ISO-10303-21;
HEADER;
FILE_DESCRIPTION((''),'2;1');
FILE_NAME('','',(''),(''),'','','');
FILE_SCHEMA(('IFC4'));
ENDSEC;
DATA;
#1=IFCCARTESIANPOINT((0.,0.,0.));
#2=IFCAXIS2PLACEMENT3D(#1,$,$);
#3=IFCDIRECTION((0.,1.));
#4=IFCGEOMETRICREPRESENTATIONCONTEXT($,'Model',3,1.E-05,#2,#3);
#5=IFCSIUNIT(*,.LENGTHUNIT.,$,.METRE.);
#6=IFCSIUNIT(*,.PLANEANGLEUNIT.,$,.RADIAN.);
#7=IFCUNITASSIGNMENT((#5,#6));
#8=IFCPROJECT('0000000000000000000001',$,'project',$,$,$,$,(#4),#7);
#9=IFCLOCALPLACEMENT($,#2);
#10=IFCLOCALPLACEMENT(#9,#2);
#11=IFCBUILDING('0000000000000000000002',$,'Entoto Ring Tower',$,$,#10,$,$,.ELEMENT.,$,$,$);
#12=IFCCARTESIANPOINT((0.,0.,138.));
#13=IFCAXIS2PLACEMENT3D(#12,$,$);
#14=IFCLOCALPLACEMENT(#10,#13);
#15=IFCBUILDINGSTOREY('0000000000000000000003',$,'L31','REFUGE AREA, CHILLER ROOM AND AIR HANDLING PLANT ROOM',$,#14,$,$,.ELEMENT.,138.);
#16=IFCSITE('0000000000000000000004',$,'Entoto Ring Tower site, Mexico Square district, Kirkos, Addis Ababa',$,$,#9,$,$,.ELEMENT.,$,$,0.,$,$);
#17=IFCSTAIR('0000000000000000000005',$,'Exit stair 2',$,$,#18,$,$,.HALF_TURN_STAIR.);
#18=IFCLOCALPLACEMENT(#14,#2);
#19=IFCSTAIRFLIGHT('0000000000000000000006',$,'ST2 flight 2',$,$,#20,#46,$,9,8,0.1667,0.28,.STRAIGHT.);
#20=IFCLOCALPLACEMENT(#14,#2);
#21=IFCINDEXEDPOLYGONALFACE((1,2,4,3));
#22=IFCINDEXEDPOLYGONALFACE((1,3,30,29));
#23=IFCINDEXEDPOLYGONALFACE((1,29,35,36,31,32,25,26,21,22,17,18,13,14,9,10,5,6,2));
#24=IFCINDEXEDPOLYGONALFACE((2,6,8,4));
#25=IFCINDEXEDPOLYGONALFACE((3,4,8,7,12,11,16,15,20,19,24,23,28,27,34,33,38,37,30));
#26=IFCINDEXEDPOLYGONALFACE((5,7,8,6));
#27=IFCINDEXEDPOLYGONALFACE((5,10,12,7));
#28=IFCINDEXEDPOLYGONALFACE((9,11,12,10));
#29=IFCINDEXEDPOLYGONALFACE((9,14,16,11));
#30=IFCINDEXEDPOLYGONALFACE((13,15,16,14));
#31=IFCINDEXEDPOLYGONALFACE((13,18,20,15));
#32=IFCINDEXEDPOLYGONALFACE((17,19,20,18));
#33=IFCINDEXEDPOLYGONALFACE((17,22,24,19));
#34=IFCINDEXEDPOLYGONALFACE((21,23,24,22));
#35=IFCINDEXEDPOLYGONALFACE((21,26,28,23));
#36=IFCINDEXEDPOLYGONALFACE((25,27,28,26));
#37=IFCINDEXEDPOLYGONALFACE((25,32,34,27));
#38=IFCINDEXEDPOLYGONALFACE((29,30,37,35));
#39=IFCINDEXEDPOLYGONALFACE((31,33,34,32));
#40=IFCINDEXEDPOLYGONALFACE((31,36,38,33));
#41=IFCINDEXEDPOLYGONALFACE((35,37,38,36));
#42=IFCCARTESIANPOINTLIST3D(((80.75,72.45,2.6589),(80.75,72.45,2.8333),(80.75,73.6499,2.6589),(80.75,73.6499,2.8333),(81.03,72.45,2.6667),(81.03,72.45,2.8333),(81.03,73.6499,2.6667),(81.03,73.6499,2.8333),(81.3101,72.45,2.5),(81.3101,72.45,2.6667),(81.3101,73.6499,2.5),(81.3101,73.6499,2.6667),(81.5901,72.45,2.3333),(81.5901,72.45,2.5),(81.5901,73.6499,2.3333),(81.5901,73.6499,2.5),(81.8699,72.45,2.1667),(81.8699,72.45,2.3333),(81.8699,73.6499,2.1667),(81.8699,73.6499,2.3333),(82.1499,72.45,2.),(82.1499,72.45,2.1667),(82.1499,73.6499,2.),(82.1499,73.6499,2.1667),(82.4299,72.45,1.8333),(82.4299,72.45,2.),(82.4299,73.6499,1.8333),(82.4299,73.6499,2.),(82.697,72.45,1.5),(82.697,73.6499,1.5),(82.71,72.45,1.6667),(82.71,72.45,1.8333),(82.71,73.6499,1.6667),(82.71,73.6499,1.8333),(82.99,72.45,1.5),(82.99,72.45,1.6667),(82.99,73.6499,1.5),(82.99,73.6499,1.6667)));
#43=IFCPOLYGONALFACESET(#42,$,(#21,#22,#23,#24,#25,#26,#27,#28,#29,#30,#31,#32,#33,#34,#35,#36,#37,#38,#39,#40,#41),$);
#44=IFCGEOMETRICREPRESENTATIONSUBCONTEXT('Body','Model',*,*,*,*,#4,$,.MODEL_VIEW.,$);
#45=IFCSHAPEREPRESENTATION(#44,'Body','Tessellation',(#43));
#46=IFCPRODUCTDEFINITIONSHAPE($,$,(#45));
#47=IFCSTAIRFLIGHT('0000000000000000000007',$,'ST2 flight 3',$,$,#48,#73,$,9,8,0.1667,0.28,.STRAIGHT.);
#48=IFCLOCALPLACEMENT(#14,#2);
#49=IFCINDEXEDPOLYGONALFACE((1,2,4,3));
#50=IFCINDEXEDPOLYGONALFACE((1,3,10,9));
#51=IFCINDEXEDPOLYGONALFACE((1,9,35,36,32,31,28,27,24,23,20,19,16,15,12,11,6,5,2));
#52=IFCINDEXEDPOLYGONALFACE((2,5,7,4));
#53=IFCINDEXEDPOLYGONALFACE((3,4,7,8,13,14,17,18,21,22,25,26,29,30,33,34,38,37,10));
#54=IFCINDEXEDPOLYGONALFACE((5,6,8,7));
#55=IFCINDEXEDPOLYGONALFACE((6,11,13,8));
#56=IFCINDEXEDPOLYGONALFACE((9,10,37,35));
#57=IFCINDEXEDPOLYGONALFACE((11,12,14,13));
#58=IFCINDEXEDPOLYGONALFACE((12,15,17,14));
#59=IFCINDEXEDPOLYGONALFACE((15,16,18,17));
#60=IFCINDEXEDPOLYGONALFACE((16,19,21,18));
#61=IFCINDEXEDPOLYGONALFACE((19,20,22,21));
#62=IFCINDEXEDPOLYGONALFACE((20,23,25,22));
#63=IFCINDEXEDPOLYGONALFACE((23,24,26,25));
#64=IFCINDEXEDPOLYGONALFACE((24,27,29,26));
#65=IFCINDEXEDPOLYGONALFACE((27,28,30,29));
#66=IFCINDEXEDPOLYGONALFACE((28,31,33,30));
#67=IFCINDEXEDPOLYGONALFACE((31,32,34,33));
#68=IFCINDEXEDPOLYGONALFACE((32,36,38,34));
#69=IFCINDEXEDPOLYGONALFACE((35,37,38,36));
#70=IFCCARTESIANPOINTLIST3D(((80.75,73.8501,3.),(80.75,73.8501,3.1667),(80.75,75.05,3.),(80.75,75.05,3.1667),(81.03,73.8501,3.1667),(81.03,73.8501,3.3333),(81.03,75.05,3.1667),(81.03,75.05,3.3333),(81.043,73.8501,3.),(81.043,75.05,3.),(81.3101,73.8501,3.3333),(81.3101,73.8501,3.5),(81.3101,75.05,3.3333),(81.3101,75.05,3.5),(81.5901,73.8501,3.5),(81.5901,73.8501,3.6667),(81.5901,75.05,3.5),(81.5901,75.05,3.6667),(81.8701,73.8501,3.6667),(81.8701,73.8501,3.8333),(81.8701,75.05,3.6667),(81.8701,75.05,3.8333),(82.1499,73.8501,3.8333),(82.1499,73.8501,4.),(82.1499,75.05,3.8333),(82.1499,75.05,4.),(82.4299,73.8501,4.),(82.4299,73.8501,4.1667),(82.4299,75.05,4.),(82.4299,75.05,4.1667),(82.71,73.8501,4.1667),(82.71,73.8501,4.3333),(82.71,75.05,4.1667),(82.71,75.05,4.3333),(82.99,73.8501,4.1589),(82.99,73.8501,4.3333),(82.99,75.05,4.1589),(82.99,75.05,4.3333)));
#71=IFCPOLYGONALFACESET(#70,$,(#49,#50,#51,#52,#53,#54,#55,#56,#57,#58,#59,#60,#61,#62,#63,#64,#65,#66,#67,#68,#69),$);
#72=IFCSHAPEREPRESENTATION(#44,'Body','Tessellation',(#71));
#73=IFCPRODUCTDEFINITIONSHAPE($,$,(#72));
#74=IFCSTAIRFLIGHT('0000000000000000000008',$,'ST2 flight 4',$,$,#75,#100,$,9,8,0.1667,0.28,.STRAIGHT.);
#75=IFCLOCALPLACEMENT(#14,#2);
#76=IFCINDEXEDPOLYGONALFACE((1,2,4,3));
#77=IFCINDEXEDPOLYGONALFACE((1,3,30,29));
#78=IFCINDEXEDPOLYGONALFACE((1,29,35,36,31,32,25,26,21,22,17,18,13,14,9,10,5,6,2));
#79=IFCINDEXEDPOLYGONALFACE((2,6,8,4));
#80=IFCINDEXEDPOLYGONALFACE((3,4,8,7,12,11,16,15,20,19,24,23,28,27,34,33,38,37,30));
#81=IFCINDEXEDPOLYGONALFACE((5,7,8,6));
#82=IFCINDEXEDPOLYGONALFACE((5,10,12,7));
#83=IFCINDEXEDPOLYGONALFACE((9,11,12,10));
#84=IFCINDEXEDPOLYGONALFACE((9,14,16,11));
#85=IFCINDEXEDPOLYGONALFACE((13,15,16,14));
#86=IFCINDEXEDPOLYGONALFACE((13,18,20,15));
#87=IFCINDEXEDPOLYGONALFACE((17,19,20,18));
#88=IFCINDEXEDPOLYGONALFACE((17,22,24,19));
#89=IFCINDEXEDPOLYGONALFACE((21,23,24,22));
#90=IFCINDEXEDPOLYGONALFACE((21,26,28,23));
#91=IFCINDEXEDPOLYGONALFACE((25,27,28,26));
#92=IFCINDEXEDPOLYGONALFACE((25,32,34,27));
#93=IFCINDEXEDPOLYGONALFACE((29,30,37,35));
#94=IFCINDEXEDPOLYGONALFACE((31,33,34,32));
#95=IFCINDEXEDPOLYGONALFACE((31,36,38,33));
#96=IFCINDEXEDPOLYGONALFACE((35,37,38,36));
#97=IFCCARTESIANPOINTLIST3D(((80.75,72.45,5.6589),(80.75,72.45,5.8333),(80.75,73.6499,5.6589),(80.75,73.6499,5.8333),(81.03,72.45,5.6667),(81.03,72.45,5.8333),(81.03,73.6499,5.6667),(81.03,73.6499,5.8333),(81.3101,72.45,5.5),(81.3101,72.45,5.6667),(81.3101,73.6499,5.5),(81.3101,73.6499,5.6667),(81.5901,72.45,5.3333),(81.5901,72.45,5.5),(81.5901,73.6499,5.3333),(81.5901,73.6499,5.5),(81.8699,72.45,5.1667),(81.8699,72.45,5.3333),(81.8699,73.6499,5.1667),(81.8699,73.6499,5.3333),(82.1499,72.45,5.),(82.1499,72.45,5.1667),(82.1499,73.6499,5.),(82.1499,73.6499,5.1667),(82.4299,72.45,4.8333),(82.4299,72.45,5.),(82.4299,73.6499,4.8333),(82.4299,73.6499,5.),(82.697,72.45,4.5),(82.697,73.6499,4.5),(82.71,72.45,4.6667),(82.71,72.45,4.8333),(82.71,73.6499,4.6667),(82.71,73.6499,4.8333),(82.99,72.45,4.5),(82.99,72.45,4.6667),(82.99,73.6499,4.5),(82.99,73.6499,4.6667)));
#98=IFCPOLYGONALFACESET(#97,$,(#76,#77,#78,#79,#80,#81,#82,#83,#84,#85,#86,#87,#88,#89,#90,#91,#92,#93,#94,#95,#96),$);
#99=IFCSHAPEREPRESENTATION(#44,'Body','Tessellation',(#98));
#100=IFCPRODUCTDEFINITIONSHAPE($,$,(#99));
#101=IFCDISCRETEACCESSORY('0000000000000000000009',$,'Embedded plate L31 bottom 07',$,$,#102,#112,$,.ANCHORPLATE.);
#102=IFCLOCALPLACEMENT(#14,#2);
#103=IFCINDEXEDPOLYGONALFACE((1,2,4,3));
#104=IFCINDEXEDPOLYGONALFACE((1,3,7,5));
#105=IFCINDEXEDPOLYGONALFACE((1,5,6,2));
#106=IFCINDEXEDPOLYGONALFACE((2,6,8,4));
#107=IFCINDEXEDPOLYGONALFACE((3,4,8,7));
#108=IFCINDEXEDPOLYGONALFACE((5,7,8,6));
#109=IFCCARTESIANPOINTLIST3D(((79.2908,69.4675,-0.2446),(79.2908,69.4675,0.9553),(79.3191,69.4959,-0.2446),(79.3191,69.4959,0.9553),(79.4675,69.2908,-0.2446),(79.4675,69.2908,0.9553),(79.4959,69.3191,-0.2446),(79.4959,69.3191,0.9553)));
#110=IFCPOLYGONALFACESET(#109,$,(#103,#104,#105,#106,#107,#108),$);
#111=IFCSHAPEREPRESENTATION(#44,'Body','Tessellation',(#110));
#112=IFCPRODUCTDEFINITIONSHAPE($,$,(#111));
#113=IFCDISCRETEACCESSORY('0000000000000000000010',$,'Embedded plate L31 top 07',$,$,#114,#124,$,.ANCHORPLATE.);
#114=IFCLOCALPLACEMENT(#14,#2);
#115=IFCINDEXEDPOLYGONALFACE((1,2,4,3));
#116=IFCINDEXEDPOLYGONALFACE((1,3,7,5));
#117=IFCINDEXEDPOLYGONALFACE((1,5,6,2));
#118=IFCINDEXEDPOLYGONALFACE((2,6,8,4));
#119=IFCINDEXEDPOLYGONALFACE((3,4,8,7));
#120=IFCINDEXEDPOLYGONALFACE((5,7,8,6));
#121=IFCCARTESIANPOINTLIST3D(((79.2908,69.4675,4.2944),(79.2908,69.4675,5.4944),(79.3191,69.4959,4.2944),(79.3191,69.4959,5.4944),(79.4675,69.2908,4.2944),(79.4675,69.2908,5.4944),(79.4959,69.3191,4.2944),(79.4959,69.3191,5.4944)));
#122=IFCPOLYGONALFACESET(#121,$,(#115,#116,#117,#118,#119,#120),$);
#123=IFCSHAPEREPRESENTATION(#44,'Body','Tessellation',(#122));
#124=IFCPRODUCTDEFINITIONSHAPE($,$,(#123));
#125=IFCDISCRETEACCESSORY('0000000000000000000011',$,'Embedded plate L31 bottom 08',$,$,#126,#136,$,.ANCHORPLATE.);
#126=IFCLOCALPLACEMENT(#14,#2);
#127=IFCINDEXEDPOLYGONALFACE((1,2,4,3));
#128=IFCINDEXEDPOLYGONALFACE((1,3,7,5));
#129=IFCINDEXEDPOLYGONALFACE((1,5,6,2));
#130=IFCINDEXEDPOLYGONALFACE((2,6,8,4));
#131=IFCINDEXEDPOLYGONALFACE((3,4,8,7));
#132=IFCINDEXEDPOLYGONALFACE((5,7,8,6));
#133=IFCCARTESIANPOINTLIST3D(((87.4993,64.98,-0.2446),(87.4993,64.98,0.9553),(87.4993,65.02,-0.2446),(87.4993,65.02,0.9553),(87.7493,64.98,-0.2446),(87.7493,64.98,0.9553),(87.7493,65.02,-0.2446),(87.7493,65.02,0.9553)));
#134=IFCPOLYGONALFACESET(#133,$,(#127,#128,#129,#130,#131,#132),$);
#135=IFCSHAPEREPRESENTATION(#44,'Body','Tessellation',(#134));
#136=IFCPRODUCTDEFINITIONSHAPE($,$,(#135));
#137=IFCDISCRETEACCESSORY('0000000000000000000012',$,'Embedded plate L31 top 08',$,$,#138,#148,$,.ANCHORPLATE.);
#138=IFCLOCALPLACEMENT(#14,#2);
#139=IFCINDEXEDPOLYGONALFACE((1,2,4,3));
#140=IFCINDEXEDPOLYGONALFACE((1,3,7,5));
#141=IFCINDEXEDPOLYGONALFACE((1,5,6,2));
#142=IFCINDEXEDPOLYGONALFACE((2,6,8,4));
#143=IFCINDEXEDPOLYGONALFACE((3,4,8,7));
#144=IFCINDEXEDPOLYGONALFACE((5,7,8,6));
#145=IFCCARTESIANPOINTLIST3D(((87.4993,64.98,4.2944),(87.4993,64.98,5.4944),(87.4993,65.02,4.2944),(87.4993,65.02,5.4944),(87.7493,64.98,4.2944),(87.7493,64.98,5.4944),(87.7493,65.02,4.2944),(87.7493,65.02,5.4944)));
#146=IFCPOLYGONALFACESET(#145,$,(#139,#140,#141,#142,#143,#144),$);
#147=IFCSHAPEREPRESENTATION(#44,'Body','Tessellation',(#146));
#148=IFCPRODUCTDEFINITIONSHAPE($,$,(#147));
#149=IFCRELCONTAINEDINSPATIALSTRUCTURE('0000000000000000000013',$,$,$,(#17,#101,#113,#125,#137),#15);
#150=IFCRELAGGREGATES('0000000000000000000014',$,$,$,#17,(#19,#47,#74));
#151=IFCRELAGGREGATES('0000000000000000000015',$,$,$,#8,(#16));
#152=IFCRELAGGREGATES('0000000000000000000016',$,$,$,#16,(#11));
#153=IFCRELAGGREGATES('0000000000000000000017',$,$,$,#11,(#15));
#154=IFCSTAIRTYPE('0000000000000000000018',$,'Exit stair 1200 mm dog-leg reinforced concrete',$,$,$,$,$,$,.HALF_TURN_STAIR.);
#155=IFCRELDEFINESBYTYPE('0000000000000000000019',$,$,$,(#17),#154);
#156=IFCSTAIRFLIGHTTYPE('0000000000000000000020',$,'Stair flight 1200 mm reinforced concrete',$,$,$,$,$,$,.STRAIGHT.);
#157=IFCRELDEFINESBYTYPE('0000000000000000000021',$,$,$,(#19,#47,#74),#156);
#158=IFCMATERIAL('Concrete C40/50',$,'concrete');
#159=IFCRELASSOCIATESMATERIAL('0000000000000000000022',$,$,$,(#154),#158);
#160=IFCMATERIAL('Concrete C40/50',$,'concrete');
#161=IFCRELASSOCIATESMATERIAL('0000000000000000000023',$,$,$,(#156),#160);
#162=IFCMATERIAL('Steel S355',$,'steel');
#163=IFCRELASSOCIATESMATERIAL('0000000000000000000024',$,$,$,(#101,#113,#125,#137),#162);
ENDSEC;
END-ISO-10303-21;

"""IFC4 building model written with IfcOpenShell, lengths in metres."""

from ifc_helpers import new_model, si_unit, direction, frame, origin, origin_2d, place, context, subcontext, project, spatial, polyline, rectangle, outline, extrude, material, type_object, element, aggregate, save


model = new_model("IFC4")

# Units and contexts
model_context = context("Model", 3, precision=1e-05, world=origin(), true_north=direction((0.0, 1.0)))
body_context = subcontext(model_context, "Body", "Model", "MODEL_VIEW")
ifc_project = project(units=[si_unit("LENGTHUNIT", "METRE"), si_unit("PLANEANGLEUNIT", "RADIAN")], contexts=[model_context])

# Site, building, storey
site_placement = place(None, origin())
site = spatial("IfcSite", under=ifc_project, at=site_placement, Name="Entoto Ring Tower site, Mexico Square district, Kirkos, Addis Ababa", CompositionType="ELEMENT", RefElevation=0.0)
building_placement = place(site_placement, origin())
building = spatial("IfcBuilding", under=site, at=building_placement, Name="Entoto Ring Tower", CompositionType="ELEMENT")
storey_placement = place(building_placement, frame((0.0, 0.0, 138.0)))
storey = spatial("IfcBuildingStorey", under=building, at=storey_placement, Name="L31", Description="REFUGE AREA, CHILLER ROOM AND AIR HANDLING PLANT ROOM", CompositionType="ELEMENT", Elevation=138.0)

# Stair, stair flights
ifc_material_1 = material(Name="Concrete C40/50", Category="concrete")
stair_type = type_object("IfcStairType", Name="Exit stair 1200 mm dog-leg reinforced concrete", PredefinedType="HALF_TURN_STAIR", material=ifc_material_1)
stair_placement = place(storey_placement, origin())
stair = element("IfcStair", 1, at=stair_placement, inside=storey, type_object=stair_type, Name="Exit stair 2", PredefinedType="HALF_TURN_STAIR")
ifc_material_2 = material(Name="Concrete C40/50", Category="concrete")
stair_flight_type = type_object("IfcStairFlightType", Name="Stair flight 1200 mm reinforced concrete", PredefinedType="STRAIGHT", material=ifc_material_2)
stair_flight_1_placement = place(storey_placement, frame((82.99, 73.05, 1.5), z_axis=(0.0, 0.0, 1.0), x_axis=(-1.0, 0.0, 0.0)))
stair_flight_1 = element("IfcStairFlight", 2, at=stair_flight_1_placement, type_object=stair_flight_type, Name="ST2 flight 2", NumberOfRisers=9, NumberOfTreads=8, PredefinedType="STRAIGHT", RiserHeight=0.1667, TreadLength=0.28, context=body_context, shape_type="SweptSolid", body=[
    extrude(outline(polyline([(0.0, 0.0), (0.0, 0.1667), (0.28, 0.1667), (0.28, 0.3333), (0.5601, 0.3333), (0.5601, 0.5), (0.8401, 0.5), (0.8401, 0.6667), (1.1201, 0.6667), (1.1201, 0.8333), (1.3999, 0.8333), (1.3999, 1.0), (1.6799, 1.0), (1.6799, 1.1667), (1.96, 1.1667), (1.96, 1.3333), (2.24, 1.3333), (2.24, 1.5), (2.24, 1.1589), (0.293, 0.0), (0.0, 0.0)])), frame((0.0, 0.6001, 0.0), z_axis=(0.0, -1.0, 0.0), x_axis=(1.0, 0.0, 0.0)), (0.0, 0.0, 1.0), 1.2),
])
stair_flight_2_placement = place(storey_placement, frame((80.75, 74.45, 3.0), z_axis=(0.0, 0.0, 1.0), x_axis=(1.0, 0.0, 0.0)))
stair_flight_2 = element("IfcStairFlight", 3, at=stair_flight_2_placement, type_object=stair_flight_type, Name="ST2 flight 3", NumberOfRisers=9, NumberOfTreads=8, PredefinedType="STRAIGHT", RiserHeight=0.1667, TreadLength=0.28, context=body_context, shape_type="SweptSolid", body=[
    extrude(outline(polyline([(0.0, 0.0), (0.0, 0.1667), (0.28, 0.1667), (0.28, 0.3333), (0.5601, 0.3333), (0.5601, 0.5), (0.8401, 0.5), (0.8401, 0.6667), (1.1201, 0.6667), (1.1201, 0.8333), (1.3999, 0.8333), (1.3999, 1.0), (1.6799, 1.0), (1.6799, 1.1667), (1.96, 1.1667), (1.96, 1.3333), (2.24, 1.3333), (2.24, 1.5), (2.24, 1.1589), (0.293, 0.0), (0.0, 0.0)])), frame((0.0, 0.6001, 0.0), z_axis=(0.0, -1.0, 0.0), x_axis=(1.0, 0.0, 0.0)), (0.0, 0.0, 1.0), 1.2),
])
stair_flight_3_placement = place(storey_placement, frame((82.99, 73.05, 4.5), z_axis=(0.0, 0.0, 1.0), x_axis=(-1.0, 0.0, 0.0)))
stair_flight_3 = element("IfcStairFlight", 4, at=stair_flight_3_placement, type_object=stair_flight_type, Name="ST2 flight 4", NumberOfRisers=9, NumberOfTreads=8, PredefinedType="STRAIGHT", RiserHeight=0.1667, TreadLength=0.28, context=body_context, shape_type="SweptSolid", body=[
    extrude(outline(polyline([(0.0, 0.0), (0.0, 0.1667), (0.28, 0.1667), (0.28, 0.3333), (0.5601, 0.3333), (0.5601, 0.5), (0.8401, 0.5), (0.8401, 0.6667), (1.1201, 0.6667), (1.1201, 0.8333), (1.3999, 0.8333), (1.3999, 1.0), (1.6799, 1.0), (1.6799, 1.1667), (1.96, 1.1667), (1.96, 1.3333), (2.24, 1.3333), (2.24, 1.5), (2.24, 1.1589), (0.293, 0.0), (0.0, 0.0)])), frame((0.0, 0.6001, 0.0), z_axis=(0.0, -1.0, 0.0), x_axis=(1.0, 0.0, 0.0)), (0.0, 0.0, 1.0), 1.2),
])
aggregate(stair, [stair_flight_1, stair_flight_2, stair_flight_3])

# Discrete accessories
ifc_material_3 = material(Name="Steel S355", Category="steel")
for number, where, z_axis, x_axis, name in (
    (5, (79.3933, 69.3933, -0.2446), (0.0, 0.0, 1.0), (-0.707107, -0.707107, 0.0), "Embedded plate L31 bottom 07"),
    (6, (79.3933, 69.3933, 4.2944), (0.0, 0.0, 1.0), (-0.707107, -0.707107, 0.0), "Embedded plate L31 top 07"),
    (7, (87.6243, 65.0, -0.2446), (0.0, 0.0, 1.0), (0.0, -1.0, 0.0), "Embedded plate L31 bottom 08"),
    (8, (87.6243, 65.0, 4.2944), (0.0, 0.0, 1.0), (0.0, -1.0, 0.0), "Embedded plate L31 top 08"),
):
    element("IfcDiscreteAccessory", number, at=place(storey_placement, frame(where, z_axis=z_axis, x_axis=x_axis)), inside=storey, material=ifc_material_3, Name=name, PredefinedType="ANCHORPLATE", context=body_context, shape_type="SweptSolid", body=[
        extrude(rectangle(XDim=0.04, YDim=0.25, at=origin_2d()), origin(), (0.0, 0.0, 1.0), 1.2),
    ])

save(model, "model.ifc")
